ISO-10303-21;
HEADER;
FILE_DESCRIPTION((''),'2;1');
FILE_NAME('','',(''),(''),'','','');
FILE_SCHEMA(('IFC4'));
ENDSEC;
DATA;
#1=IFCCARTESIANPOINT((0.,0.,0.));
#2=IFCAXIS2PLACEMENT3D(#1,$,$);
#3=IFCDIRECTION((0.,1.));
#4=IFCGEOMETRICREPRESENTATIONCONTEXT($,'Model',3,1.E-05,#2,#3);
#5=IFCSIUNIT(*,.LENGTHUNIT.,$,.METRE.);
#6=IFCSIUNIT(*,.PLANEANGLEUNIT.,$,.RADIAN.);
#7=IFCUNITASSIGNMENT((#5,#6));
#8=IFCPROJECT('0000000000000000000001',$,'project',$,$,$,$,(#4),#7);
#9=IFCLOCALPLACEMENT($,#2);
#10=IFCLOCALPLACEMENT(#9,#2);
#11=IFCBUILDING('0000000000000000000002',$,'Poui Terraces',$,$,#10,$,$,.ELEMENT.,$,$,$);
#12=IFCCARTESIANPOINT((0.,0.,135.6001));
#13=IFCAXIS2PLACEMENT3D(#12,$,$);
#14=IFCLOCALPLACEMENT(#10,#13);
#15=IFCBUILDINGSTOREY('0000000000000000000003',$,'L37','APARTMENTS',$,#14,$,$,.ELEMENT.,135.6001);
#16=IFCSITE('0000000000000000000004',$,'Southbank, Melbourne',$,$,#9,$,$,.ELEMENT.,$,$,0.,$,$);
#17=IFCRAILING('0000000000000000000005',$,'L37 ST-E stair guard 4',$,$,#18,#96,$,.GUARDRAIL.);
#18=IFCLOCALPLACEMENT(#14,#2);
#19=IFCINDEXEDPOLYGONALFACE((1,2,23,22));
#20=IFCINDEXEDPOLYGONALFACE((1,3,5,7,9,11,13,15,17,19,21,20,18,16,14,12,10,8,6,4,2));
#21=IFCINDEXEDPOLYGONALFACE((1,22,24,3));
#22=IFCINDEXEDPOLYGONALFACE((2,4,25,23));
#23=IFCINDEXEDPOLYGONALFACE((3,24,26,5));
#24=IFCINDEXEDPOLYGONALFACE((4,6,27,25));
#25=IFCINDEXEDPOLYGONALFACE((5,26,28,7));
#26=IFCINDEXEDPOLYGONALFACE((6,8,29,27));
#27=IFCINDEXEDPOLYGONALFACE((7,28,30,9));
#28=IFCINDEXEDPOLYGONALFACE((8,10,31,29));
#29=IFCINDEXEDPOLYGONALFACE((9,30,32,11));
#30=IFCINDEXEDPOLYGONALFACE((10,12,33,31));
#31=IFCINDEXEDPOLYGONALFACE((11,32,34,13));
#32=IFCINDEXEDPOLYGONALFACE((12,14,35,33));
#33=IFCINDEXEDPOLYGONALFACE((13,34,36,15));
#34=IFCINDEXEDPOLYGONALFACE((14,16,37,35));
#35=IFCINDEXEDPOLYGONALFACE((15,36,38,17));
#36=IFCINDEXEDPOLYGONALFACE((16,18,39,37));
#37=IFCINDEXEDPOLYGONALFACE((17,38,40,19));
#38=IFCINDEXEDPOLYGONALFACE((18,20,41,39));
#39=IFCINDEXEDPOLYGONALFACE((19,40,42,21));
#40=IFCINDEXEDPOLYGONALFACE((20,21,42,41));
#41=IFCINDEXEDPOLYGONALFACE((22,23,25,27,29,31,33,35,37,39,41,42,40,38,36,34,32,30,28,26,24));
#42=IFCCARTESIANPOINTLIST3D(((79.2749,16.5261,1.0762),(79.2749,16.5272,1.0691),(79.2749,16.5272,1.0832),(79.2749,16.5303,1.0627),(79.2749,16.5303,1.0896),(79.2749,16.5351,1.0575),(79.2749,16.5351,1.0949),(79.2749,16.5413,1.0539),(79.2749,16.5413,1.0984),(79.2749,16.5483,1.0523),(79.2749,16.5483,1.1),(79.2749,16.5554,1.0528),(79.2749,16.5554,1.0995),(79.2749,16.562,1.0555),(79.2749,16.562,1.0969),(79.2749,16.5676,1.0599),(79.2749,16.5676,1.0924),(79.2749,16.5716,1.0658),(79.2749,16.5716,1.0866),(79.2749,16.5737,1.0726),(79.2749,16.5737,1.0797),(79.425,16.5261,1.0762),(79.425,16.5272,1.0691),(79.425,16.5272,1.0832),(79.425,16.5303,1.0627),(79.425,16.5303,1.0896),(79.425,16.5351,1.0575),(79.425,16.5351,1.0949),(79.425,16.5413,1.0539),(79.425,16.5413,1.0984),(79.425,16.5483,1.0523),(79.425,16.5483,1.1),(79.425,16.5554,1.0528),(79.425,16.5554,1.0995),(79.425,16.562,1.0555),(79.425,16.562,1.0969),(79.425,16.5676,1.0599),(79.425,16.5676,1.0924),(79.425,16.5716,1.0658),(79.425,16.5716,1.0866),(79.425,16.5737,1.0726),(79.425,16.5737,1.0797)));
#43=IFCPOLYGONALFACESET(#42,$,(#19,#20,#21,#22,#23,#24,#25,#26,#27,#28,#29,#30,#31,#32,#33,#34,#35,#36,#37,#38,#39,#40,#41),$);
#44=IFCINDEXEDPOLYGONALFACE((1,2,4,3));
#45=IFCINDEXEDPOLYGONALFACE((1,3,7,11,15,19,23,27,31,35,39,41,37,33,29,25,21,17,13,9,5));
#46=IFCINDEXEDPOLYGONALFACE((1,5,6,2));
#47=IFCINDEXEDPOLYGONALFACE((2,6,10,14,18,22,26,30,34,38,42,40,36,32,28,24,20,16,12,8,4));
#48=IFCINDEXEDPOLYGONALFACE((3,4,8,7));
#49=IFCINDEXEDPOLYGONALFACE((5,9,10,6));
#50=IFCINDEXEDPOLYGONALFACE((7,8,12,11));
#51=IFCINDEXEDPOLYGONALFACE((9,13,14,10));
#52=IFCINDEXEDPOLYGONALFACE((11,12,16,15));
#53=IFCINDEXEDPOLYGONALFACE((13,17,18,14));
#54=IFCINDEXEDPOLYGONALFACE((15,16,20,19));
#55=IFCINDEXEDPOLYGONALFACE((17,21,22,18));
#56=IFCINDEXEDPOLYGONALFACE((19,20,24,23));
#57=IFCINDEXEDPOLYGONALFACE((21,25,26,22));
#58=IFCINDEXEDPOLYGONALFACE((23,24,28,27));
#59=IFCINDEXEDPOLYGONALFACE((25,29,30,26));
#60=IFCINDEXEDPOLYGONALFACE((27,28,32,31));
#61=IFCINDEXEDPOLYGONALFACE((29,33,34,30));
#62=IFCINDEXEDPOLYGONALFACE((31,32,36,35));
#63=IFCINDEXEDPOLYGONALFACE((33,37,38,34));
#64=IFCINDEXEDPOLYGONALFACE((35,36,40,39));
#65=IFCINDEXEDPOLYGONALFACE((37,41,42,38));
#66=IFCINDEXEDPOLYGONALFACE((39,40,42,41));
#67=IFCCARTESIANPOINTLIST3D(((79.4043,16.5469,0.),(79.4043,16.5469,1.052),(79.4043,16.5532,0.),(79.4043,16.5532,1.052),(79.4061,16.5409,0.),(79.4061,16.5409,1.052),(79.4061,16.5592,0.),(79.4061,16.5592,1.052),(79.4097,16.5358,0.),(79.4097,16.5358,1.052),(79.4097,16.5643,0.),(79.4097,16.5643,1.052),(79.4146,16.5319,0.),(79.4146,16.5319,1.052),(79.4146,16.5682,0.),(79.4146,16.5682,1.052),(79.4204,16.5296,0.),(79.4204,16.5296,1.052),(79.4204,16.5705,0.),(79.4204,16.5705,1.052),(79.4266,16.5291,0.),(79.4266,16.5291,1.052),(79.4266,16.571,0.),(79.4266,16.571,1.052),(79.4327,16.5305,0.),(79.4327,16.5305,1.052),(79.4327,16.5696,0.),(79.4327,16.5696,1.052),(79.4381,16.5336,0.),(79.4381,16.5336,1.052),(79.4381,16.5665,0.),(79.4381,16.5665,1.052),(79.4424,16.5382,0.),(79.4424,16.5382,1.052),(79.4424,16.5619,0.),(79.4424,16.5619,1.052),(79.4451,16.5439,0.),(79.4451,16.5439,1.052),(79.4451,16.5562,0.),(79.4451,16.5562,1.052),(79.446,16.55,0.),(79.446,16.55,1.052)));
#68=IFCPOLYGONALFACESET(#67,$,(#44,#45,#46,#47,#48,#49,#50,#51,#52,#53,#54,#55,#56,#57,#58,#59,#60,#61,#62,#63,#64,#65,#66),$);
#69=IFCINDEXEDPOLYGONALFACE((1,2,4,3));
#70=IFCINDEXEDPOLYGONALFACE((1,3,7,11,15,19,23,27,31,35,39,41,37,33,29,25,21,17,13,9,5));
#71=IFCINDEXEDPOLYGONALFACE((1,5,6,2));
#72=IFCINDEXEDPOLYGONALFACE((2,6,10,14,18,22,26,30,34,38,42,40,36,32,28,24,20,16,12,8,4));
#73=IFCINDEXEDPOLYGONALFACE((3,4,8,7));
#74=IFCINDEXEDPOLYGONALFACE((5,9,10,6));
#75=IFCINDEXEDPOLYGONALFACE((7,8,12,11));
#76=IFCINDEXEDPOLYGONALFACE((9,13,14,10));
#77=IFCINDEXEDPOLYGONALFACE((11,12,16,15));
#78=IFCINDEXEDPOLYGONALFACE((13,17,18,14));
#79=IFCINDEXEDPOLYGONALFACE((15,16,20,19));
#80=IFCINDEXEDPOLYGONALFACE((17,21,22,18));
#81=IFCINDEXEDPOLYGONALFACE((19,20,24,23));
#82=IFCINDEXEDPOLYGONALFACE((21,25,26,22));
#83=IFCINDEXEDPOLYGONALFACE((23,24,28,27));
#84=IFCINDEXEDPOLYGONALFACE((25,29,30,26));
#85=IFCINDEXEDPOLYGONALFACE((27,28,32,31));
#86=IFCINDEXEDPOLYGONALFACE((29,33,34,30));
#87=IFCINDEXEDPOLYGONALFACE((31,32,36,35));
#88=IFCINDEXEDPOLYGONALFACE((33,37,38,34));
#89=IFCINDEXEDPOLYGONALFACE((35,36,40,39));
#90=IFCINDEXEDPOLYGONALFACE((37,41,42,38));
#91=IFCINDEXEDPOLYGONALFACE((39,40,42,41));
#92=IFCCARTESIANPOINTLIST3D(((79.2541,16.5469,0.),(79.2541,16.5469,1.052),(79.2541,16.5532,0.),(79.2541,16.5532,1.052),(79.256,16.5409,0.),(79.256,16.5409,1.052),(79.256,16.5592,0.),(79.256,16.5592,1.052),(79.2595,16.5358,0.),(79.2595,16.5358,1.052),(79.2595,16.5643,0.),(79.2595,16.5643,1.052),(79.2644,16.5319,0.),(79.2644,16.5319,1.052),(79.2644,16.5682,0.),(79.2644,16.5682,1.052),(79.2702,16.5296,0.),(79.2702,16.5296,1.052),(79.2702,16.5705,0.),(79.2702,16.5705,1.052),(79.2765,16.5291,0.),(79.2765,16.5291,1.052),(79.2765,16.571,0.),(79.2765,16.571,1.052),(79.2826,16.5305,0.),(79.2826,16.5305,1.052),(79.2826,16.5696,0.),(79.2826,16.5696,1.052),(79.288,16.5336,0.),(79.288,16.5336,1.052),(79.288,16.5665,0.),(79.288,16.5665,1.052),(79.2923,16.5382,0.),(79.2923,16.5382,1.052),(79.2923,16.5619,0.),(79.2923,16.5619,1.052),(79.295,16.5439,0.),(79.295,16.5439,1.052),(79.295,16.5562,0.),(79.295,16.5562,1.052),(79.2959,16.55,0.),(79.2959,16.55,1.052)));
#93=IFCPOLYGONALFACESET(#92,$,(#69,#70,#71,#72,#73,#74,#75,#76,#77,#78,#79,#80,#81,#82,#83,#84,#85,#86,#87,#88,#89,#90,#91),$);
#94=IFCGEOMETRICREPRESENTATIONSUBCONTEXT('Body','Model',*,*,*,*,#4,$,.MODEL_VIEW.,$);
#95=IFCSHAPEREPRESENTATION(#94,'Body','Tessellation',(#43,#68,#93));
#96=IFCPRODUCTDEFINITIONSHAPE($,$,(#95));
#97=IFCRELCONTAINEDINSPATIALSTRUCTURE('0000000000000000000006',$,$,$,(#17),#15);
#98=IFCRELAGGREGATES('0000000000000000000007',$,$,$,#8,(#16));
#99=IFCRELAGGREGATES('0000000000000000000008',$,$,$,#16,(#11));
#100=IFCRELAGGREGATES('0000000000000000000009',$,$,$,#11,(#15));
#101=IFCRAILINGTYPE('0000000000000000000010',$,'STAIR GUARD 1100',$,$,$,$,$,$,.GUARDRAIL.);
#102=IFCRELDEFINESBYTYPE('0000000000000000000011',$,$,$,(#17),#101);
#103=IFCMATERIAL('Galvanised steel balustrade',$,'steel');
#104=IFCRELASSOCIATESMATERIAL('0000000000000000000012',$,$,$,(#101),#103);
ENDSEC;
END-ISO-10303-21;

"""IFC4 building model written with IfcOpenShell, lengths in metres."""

from ifc_helpers import new_model, si_unit, direction, frame, origin, origin_2d, place, context, subcontext, project, spatial, circle, extrude, material, type_object, element, save


model = new_model("IFC4")

# Units and contexts
model_context = context("Model", 3, precision=1e-05, world=origin(), true_north=direction((0.0, 1.0)))
body_context = subcontext(model_context, "Body", "Model", "MODEL_VIEW")
ifc_project = project(units=[si_unit("LENGTHUNIT", "METRE"), si_unit("PLANEANGLEUNIT", "RADIAN")], contexts=[model_context])

# Site, building, storey
site_placement = place(None, origin())
site = spatial("IfcSite", under=ifc_project, at=site_placement, Name="Southbank, Melbourne", CompositionType="ELEMENT", RefElevation=0.0)
building_placement = place(site_placement, origin())
building = spatial("IfcBuilding", under=site, at=building_placement, Name="Poui Terraces", CompositionType="ELEMENT")
storey_placement = place(building_placement, frame((0.0, 0.0, 135.6001)))
storey = spatial("IfcBuildingStorey", under=building, at=storey_placement, Name="L37", Description="APARTMENTS", CompositionType="ELEMENT", Elevation=135.6001)

# Railing
ifc_material_1 = material(Name="Galvanised steel balustrade", Category="steel")
railing_type_1 = type_object("IfcRailingType", Name="STAIR GUARD 1100", PredefinedType="GUARDRAIL", material=ifc_material_1)
railing_1_placement = place(storey_placement, frame((79.425, 16.55, 0.0)))
element("IfcRailing", 1, at=railing_1_placement, inside=storey, type_object=railing_type_1, Name="L37 ST-E stair guard 4", PredefinedType="GUARDRAIL", context=body_context, shape_type="SweptSolid", body=[
    extrude(circle(Radius=0.0239, at=origin_2d()), frame((0.0, 0.0, 1.0762), z_axis=(-1.0, 0.0, 0.0), x_axis=(0.0, -1.0, 0.0)), (0.0, 0.0, 1.0), 0.1501),
    extrude(circle(Radius=0.021, at=origin_2d()), origin(), (0.0, 0.0, 1.0), 1.052),
    extrude(circle(Radius=0.021, at=origin_2d()), frame((-0.1501, 0.0, 0.0)), (0.0, 0.0, 1.0), 1.052),
])

save(model, "model.ifc")
